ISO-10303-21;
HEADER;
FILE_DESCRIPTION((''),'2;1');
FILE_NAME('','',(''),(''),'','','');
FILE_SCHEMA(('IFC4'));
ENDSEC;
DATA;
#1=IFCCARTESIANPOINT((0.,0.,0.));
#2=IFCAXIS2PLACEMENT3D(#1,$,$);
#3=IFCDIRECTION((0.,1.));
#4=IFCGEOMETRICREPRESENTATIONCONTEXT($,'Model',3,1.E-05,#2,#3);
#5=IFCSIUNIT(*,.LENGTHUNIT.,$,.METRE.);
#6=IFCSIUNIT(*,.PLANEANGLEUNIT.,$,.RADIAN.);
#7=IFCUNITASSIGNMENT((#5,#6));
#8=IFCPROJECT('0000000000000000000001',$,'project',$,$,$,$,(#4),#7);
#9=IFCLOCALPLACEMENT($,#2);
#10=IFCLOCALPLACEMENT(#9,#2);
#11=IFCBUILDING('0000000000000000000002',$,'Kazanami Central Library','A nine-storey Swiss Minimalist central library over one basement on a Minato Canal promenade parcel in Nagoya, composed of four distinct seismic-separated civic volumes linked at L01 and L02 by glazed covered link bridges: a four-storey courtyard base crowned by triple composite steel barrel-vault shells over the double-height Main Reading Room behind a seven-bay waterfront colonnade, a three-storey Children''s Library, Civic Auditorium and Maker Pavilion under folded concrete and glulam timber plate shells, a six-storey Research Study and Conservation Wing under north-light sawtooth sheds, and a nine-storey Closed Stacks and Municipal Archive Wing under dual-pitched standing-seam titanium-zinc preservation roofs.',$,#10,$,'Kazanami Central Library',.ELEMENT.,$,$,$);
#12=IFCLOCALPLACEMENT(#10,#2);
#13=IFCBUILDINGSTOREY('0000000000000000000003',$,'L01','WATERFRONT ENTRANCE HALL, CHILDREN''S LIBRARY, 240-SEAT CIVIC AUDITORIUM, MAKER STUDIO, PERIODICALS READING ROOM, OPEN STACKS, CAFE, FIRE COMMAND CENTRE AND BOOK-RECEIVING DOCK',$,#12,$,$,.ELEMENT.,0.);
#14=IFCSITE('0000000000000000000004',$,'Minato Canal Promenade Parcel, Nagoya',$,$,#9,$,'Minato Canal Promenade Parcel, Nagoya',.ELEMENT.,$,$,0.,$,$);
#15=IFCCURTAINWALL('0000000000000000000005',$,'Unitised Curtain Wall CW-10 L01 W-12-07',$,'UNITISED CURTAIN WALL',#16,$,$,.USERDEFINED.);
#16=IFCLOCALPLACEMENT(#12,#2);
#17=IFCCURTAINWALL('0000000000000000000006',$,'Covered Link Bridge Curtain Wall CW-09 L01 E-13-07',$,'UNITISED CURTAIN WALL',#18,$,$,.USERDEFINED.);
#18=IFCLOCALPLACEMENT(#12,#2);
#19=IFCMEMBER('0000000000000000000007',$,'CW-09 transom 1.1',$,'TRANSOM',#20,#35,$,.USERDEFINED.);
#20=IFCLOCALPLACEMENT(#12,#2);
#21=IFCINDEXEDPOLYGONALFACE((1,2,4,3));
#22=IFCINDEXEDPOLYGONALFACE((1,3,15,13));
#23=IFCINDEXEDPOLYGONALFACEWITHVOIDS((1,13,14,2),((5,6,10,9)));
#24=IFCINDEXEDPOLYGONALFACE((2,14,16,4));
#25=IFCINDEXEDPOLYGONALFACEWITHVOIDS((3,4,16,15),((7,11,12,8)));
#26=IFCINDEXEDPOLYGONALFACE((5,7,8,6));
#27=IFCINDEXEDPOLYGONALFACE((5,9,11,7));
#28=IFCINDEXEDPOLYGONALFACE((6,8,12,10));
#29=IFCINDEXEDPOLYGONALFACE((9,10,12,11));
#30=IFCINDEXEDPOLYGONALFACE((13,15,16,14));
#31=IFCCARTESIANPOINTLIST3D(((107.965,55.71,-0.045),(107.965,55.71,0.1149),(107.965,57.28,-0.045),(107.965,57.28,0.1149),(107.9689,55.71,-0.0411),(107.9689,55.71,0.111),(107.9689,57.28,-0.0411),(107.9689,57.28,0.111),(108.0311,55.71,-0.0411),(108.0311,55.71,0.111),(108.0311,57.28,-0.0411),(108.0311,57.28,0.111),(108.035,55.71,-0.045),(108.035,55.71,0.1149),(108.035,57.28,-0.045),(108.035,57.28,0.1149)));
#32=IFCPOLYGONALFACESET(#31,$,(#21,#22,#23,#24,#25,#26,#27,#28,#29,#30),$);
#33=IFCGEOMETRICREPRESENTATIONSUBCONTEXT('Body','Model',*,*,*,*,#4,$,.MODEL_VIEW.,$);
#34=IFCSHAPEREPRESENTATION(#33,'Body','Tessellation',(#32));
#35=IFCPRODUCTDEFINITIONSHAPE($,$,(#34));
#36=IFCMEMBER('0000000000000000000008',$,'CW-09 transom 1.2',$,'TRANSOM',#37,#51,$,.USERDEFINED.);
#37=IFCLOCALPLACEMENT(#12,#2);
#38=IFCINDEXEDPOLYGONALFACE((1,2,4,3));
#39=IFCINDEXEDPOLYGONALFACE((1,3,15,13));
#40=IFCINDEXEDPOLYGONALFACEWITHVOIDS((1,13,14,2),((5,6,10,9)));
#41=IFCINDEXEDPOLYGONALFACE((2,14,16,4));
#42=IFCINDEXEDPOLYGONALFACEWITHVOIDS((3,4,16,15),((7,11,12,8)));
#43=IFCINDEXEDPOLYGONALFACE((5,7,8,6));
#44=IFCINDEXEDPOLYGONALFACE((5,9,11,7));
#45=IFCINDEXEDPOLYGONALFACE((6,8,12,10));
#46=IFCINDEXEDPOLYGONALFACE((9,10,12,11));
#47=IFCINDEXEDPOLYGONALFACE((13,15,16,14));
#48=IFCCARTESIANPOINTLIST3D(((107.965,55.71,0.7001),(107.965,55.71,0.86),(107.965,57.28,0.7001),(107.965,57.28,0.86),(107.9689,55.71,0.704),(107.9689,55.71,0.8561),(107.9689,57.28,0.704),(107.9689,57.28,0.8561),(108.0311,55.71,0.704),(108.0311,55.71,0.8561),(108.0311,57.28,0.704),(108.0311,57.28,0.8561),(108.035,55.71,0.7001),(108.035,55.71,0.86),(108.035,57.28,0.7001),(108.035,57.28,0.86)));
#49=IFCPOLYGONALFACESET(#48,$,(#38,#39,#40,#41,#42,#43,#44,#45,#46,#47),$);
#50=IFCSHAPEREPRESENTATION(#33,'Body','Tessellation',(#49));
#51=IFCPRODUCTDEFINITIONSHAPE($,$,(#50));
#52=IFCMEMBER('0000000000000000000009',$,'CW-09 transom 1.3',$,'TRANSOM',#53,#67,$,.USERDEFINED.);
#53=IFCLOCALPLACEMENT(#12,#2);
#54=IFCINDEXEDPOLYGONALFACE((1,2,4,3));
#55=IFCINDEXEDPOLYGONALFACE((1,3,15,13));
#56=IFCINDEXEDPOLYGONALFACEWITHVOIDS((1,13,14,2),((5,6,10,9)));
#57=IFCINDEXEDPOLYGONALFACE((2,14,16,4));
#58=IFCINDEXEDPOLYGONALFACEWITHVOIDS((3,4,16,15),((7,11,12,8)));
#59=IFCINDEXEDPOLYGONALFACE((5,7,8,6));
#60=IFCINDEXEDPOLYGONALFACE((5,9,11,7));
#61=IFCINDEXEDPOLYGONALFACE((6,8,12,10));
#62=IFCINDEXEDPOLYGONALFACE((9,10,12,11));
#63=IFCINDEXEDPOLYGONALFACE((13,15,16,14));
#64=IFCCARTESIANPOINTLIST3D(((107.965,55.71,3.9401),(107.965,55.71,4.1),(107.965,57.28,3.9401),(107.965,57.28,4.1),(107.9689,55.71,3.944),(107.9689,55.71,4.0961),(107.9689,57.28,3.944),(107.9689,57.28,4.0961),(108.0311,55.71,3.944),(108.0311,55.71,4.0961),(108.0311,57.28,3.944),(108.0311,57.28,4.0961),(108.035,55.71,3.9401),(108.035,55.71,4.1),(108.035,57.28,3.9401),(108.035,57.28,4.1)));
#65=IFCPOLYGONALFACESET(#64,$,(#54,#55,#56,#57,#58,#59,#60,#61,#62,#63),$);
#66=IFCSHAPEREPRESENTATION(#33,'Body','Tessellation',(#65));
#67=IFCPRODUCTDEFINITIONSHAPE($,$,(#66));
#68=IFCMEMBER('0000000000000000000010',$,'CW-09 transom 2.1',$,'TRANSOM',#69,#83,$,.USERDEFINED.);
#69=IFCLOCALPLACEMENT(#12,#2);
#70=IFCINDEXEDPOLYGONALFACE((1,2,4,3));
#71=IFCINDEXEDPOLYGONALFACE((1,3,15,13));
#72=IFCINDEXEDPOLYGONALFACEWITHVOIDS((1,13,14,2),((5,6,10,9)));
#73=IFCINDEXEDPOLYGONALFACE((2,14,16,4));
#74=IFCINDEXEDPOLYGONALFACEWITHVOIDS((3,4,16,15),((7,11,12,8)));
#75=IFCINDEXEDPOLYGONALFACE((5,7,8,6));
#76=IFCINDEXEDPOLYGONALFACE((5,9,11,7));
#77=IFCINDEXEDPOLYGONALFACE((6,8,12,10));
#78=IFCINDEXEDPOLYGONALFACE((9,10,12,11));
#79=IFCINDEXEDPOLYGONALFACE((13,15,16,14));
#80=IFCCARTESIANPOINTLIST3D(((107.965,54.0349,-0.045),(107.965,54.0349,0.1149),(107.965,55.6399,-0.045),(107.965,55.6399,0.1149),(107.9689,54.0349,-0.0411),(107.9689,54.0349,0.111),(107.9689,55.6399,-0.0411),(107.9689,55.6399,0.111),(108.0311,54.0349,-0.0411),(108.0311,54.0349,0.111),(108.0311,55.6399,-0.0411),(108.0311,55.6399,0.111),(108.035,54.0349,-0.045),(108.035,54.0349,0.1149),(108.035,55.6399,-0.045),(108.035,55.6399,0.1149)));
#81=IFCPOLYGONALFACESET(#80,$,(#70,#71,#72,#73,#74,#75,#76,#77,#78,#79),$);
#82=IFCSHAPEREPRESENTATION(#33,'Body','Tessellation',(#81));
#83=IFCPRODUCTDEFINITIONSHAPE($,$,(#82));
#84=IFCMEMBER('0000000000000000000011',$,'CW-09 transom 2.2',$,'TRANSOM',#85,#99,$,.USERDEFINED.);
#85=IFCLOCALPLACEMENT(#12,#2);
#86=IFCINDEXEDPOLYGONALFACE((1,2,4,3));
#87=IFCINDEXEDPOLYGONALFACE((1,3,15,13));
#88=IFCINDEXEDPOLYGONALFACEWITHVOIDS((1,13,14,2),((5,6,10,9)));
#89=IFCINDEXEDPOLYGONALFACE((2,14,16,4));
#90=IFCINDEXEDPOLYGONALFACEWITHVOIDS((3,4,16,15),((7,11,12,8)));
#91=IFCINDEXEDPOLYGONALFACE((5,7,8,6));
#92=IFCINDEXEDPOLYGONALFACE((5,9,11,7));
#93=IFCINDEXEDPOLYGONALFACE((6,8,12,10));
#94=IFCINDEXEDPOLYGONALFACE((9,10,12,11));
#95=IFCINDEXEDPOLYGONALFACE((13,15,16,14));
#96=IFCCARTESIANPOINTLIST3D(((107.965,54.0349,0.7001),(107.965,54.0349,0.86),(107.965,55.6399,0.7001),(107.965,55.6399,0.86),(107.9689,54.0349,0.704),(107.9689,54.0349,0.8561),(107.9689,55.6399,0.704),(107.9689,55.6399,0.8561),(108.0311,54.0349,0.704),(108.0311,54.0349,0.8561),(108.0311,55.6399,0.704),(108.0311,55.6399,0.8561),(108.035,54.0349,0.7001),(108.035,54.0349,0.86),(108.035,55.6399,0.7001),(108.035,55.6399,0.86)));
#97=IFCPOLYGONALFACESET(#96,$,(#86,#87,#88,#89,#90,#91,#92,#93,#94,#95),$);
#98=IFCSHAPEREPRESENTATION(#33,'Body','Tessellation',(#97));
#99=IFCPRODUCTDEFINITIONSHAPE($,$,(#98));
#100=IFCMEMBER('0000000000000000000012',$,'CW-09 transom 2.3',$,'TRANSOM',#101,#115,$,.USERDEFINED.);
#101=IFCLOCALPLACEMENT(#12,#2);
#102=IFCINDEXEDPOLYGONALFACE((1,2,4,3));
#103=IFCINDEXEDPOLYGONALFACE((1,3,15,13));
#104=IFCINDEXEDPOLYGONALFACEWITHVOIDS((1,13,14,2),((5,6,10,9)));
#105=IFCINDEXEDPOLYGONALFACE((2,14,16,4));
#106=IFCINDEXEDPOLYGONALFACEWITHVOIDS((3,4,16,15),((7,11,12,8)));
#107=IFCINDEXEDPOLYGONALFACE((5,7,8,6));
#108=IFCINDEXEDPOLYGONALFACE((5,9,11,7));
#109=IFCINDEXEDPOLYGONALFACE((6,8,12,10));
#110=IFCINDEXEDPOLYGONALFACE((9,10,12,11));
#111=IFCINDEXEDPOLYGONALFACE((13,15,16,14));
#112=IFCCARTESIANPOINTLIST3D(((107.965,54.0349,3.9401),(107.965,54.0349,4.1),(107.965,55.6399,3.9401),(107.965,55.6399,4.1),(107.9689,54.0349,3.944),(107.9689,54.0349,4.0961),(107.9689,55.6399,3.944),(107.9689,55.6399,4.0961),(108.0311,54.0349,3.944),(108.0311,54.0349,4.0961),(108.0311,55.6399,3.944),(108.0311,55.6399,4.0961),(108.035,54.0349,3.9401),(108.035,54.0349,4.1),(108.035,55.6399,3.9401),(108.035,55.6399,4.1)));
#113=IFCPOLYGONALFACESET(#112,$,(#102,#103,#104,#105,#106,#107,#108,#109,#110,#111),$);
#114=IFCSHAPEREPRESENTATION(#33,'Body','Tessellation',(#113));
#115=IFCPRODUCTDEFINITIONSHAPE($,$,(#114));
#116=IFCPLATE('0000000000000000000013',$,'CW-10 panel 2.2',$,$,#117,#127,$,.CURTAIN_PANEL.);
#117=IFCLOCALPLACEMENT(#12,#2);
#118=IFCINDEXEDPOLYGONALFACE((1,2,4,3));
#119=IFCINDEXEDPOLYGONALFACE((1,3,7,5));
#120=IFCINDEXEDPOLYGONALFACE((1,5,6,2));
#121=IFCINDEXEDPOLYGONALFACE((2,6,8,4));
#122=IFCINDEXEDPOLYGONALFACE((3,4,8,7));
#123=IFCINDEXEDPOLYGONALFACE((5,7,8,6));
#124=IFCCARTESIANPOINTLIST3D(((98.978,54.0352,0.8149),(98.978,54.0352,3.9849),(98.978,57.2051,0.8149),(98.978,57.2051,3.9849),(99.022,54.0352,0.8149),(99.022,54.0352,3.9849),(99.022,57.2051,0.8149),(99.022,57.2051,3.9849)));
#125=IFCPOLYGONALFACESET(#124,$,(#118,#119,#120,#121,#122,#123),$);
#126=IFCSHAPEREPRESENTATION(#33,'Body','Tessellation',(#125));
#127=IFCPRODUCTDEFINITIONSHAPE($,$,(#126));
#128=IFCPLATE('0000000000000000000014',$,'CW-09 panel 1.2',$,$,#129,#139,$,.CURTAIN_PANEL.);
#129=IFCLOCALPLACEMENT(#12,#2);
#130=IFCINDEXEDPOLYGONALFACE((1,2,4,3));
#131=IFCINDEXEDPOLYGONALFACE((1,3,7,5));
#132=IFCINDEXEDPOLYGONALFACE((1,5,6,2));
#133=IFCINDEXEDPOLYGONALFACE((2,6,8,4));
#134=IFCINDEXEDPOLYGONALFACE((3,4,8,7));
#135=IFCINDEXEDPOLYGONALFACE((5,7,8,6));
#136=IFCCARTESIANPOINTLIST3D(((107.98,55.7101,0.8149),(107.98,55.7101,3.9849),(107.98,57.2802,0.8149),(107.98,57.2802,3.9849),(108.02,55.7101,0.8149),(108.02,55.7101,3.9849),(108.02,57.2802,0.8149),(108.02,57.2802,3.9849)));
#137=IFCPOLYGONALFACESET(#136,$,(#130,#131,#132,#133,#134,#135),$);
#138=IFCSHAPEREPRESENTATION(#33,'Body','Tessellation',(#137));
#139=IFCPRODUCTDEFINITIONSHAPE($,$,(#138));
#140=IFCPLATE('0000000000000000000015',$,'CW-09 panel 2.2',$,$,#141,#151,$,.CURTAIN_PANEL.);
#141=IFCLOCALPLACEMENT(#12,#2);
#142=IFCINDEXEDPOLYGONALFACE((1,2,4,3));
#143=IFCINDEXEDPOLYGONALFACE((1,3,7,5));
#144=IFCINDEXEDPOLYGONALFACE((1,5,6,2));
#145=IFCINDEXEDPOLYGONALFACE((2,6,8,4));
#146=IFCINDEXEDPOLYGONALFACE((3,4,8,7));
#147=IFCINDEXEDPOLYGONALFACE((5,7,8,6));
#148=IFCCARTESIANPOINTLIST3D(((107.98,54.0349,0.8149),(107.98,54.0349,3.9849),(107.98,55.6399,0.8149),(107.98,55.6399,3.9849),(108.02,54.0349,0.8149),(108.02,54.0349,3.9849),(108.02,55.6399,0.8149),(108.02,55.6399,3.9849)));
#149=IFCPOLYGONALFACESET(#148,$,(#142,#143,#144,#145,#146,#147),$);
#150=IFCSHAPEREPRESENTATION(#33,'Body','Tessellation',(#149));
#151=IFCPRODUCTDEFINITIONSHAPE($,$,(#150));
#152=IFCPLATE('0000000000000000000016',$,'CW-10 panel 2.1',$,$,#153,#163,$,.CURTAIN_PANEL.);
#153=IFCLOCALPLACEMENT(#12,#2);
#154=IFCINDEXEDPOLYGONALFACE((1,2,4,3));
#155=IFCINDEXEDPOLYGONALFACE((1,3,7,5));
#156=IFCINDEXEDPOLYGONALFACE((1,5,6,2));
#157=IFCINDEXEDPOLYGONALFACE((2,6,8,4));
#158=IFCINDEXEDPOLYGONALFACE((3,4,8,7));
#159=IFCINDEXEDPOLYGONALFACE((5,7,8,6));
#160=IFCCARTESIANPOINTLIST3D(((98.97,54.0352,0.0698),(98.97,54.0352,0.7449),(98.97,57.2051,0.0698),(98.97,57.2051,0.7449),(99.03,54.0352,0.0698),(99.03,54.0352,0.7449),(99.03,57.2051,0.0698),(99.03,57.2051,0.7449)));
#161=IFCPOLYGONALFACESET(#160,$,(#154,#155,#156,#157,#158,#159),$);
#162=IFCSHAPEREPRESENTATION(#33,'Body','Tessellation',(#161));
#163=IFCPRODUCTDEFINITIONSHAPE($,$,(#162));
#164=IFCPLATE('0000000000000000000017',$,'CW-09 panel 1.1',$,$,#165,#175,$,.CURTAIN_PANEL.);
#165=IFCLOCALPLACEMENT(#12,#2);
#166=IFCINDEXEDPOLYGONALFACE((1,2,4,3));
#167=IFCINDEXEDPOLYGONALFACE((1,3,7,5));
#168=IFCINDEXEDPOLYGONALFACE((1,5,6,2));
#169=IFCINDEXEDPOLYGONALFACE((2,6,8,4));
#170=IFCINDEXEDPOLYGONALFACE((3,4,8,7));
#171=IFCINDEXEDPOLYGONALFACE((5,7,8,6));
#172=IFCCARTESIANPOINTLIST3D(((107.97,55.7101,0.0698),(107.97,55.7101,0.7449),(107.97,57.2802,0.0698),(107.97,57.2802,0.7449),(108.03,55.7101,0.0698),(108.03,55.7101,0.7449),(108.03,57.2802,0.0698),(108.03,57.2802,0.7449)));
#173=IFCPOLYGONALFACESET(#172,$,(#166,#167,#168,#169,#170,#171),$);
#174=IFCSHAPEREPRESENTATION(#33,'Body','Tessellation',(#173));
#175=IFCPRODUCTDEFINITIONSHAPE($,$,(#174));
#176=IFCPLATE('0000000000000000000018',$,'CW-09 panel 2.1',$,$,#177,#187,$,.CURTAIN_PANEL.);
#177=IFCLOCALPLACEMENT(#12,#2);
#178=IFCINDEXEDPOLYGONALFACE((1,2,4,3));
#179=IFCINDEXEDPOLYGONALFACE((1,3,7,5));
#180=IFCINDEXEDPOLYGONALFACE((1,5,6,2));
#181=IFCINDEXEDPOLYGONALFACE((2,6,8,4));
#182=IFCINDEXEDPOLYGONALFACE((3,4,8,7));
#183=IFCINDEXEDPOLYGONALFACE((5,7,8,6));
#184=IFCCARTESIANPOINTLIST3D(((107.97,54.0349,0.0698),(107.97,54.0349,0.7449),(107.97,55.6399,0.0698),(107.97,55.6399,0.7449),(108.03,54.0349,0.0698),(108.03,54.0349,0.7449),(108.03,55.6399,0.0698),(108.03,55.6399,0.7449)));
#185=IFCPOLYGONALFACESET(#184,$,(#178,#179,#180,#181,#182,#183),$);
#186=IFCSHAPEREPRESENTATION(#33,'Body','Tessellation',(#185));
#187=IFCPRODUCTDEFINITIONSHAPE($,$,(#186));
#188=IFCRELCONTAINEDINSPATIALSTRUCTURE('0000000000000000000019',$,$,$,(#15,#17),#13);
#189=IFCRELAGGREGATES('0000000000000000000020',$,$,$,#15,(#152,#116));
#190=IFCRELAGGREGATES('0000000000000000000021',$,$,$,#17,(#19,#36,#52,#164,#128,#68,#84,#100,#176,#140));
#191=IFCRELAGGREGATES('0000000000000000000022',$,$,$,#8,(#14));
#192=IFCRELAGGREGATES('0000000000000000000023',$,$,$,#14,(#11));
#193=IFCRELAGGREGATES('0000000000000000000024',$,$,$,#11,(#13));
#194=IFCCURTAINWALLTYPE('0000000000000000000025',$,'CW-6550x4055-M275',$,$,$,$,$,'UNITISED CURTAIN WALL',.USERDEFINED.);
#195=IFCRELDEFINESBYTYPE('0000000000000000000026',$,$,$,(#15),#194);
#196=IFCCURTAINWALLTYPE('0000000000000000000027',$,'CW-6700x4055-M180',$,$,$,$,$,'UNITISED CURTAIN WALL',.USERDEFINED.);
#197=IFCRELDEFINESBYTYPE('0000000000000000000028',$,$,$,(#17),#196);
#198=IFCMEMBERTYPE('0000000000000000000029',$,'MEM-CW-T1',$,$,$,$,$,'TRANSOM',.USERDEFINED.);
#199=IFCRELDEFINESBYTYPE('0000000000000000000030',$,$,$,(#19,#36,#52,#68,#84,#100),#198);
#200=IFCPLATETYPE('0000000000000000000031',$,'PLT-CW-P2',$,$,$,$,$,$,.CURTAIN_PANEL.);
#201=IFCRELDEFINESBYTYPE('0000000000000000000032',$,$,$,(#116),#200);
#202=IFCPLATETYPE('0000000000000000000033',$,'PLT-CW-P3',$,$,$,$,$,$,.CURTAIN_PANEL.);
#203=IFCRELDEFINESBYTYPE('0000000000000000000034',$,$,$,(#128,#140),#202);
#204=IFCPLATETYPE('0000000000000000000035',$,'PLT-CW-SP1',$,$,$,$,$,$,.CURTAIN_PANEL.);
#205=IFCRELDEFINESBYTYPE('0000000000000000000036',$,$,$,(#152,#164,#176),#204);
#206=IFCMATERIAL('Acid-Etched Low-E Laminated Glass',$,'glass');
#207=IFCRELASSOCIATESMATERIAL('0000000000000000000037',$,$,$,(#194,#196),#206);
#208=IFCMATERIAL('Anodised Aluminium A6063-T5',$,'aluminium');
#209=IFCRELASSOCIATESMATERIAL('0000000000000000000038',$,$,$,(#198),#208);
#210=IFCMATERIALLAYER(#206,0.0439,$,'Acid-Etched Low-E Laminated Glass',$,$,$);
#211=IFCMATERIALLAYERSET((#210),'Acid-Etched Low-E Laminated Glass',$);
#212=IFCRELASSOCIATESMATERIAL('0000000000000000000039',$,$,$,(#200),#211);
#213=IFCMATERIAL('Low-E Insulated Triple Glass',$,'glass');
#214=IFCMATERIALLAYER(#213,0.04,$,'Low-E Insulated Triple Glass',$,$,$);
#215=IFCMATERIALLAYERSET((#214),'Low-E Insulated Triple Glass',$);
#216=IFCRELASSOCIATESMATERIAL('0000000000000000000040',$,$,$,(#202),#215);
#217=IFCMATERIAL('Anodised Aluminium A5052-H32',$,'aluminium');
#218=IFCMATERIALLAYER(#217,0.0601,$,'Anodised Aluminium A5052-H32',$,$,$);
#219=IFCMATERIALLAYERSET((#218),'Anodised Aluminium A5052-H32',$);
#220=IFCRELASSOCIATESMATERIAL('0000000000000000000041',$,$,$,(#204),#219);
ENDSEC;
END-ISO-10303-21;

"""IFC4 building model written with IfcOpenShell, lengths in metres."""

from ifc_helpers import new_model, si_unit, direction, frame, origin, origin_2d, place, context, subcontext, project, spatial, rectangle, hollow_rectangle, extrude, material, layer, layer_set, material_profile, profile_set, type_object, element, aggregate, save


model = new_model("IFC4")

# Units and contexts
model_context = context("Model", 3, precision=1e-05, world=origin(), true_north=direction((0.0, 1.0)))
body_context = subcontext(model_context, "Body", "Model", "MODEL_VIEW")
ifc_project = project(units=[si_unit("LENGTHUNIT", "METRE"), si_unit("PLANEANGLEUNIT", "RADIAN")], contexts=[model_context])

# Site, building, storey
site_placement = place(None, origin())
site = spatial("IfcSite", under=ifc_project, at=site_placement, Name="Minato Canal Promenade Parcel, Nagoya", LongName="Minato Canal Promenade Parcel, Nagoya", CompositionType="ELEMENT", RefElevation=0.0)
building_placement = place(site_placement, origin())
building = spatial("IfcBuilding", under=site, at=building_placement, Name="Kazanami Central Library", Description="A nine-storey Swiss Minimalist central library over one basement on a Minato Canal promenade parcel in Nagoya, composed of four distinct seismic-separated civic volumes linked at L01 and L02 by glazed covered link bridges: a four-storey courtyard base crowned by triple composite steel barrel-vault shells over the double-height Main Reading Room behind a seven-bay waterfront colonnade, a three-storey Children's Library, Civic Auditorium and Maker Pavilion under folded concrete and glulam timber plate shells, a six-storey Research Study and Conservation Wing under north-light sawtooth sheds, and a nine-storey Closed Stacks and Municipal Archive Wing under dual-pitched standing-seam titanium-zinc preservation roofs.", LongName="Kazanami Central Library", CompositionType="ELEMENT")
storey_placement = place(building_placement, origin())
storey = spatial("IfcBuildingStorey", under=building, at=storey_placement, Name="L01", Description="WATERFRONT ENTRANCE HALL, CHILDREN'S LIBRARY, 240-SEAT CIVIC AUDITORIUM, MAKER STUDIO, PERIODICALS READING ROOM, OPEN STACKS, CAFE, FIRE COMMAND CENTRE AND BOOK-RECEIVING DOCK", CompositionType="ELEMENT", Elevation=0.0)

# Curtain walls
ifc_material_1 = material(Name="Acid-Etched Low-E Laminated Glass", Category="glass")
curtain_wall_type_1 = type_object("IfcCurtainWallType", Name="CW-6550x4055-M275", ElementType="UNITISED CURTAIN WALL", PredefinedType="USERDEFINED", material=ifc_material_1)
curtain_wall_1_placement = place(storey_placement, origin())
curtain_wall_1 = element("IfcCurtainWall", 1, at=curtain_wall_1_placement, inside=storey, type_object=curtain_wall_type_1, Name="Unitised Curtain Wall CW-10 L01 W-12-07", ObjectType="UNITISED CURTAIN WALL", PredefinedType="USERDEFINED")
ifc_material_2 = material(Name="Anodised Aluminium A6063-T5", Category="aluminium")
curtain_wall_type_2 = type_object("IfcCurtainWallType", Name="CW-6700x4055-M180", ElementType="UNITISED CURTAIN WALL", PredefinedType="USERDEFINED", material=ifc_material_1)
curtain_wall_2_placement = place(storey_placement, origin())
curtain_wall_2 = element("IfcCurtainWall", 2, at=curtain_wall_2_placement, inside=storey, type_object=curtain_wall_type_2, Name="Covered Link Bridge Curtain Wall CW-09 L01 E-13-07", ObjectType="UNITISED CURTAIN WALL", PredefinedType="USERDEFINED")

# Members
ifc_material_profile_1 = material_profile(ifc_material_2, hollow_rectangle(XDim=0.0701, YDim=0.1599, WallThickness=0.0039, at=origin_2d()), Name="ALU-TRAN-70x160x4")
ifc_profile_set_1 = profile_set([ifc_material_profile_1], Name="Anodised Aluminium A6063-T5")
member_type_1 = type_object("IfcMemberType", Name="MEM-CW-T1", ElementType="TRANSOM", PredefinedType="USERDEFINED", material=ifc_profile_set_1)
member_1_placement = place(storey_placement, frame((108.0, 57.28, 0.0349), z_axis=(0.0, -1.0, 0.0), x_axis=(1.0, 0.0, 0.0)))
member_1 = element("IfcMember", 3, at=member_1_placement, type_object=member_type_1, Name="CW-09 transom 1.1", ObjectType="TRANSOM", PredefinedType="USERDEFINED", context=body_context, shape_type="SweptSolid", body=[
    extrude(hollow_rectangle(XDim=0.0701, YDim=0.1599, WallThickness=0.0039, at=origin_2d()), origin(), (0.0, 0.0, 1.0), 1.5701),
])
member_2_placement = place(storey_placement, frame((108.0, 57.28, 0.78), z_axis=(0.0, -1.0, 0.0), x_axis=(1.0, 0.0, 0.0)))
member_2 = element("IfcMember", 4, at=member_2_placement, type_object=member_type_1, Name="CW-09 transom 1.2", ObjectType="TRANSOM", PredefinedType="USERDEFINED", context=body_context, shape_type="SweptSolid", body=[
    extrude(hollow_rectangle(XDim=0.0701, YDim=0.1599, WallThickness=0.0039, at=origin_2d()), origin(), (0.0, 0.0, 1.0), 1.5701),
])
member_3_placement = place(storey_placement, frame((108.0, 57.28, 4.02), z_axis=(0.0, -1.0, 0.0), x_axis=(1.0, 0.0, 0.0)))
member_3 = element("IfcMember", 5, at=member_3_placement, type_object=member_type_1, Name="CW-09 transom 1.3", ObjectType="TRANSOM", PredefinedType="USERDEFINED", context=body_context, shape_type="SweptSolid", body=[
    extrude(hollow_rectangle(XDim=0.0701, YDim=0.1599, WallThickness=0.0039, at=origin_2d()), origin(), (0.0, 0.0, 1.0), 1.5701),
])
member_4_placement = place(storey_placement, frame((108.0, 55.6399, 0.0349), z_axis=(0.0, -1.0, 0.0), x_axis=(1.0, 0.0, 0.0)))
member_4 = element("IfcMember", 6, at=member_4_placement, type_object=member_type_1, Name="CW-09 transom 2.1", ObjectType="TRANSOM", PredefinedType="USERDEFINED", context=body_context, shape_type="SweptSolid", body=[
    extrude(hollow_rectangle(XDim=0.0701, YDim=0.1599, WallThickness=0.0039, at=origin_2d()), origin(), (0.0, 0.0, 1.0), 1.605),
])
member_5_placement = place(storey_placement, frame((108.0, 55.6399, 0.78), z_axis=(0.0, -1.0, 0.0), x_axis=(1.0, 0.0, 0.0)))
member_5 = element("IfcMember", 7, at=member_5_placement, type_object=member_type_1, Name="CW-09 transom 2.2", ObjectType="TRANSOM", PredefinedType="USERDEFINED", context=body_context, shape_type="SweptSolid", body=[
    extrude(hollow_rectangle(XDim=0.0701, YDim=0.1599, WallThickness=0.0039, at=origin_2d()), origin(), (0.0, 0.0, 1.0), 1.605),
])
member_6_placement = place(storey_placement, frame((108.0, 55.6399, 4.02), z_axis=(0.0, -1.0, 0.0), x_axis=(1.0, 0.0, 0.0)))
member_6 = element("IfcMember", 8, at=member_6_placement, type_object=member_type_1, Name="CW-09 transom 2.3", ObjectType="TRANSOM", PredefinedType="USERDEFINED", context=body_context, shape_type="SweptSolid", body=[
    extrude(hollow_rectangle(XDim=0.0701, YDim=0.1599, WallThickness=0.0039, at=origin_2d()), origin(), (0.0, 0.0, 1.0), 1.605),
])

# Plates
ifc_layer_1 = layer(ifc_material_1, 0.0439, Name="Acid-Etched Low-E Laminated Glass")
ifc_layer_set_1 = layer_set([ifc_layer_1], Name="Acid-Etched Low-E Laminated Glass")
plate_type_1 = type_object("IfcPlateType", Name="PLT-CW-P2", PredefinedType="CURTAIN_PANEL", material=ifc_layer_set_1)
plate_1_placement = place(storey_placement, frame((99.0, 55.6201, 0.8149), z_axis=(0.0, 0.0, 1.0), x_axis=(0.0, 1.0, 0.0)))
plate_1 = element("IfcPlate", 9, at=plate_1_placement, type_object=plate_type_1, Name="CW-10 panel 2.2", PredefinedType="CURTAIN_PANEL", context=body_context, shape_type="SweptSolid", body=[
    extrude(rectangle(XDim=3.1699, YDim=0.0439, at=origin_2d()), origin(), (0.0, 0.0, 1.0), 3.1699),
])
ifc_material_3 = material(Name="Low-E Insulated Triple Glass", Category="glass")
ifc_layer_2 = layer(ifc_material_3, 0.04, Name="Low-E Insulated Triple Glass")
ifc_layer_set_2 = layer_set([ifc_layer_2], Name="Low-E Insulated Triple Glass")
plate_type_2 = type_object("IfcPlateType", Name="PLT-CW-P3", PredefinedType="CURTAIN_PANEL", material=ifc_layer_set_2)
plate_2_placement = place(storey_placement, frame((108.0, 56.4951, 0.8149), z_axis=(0.0, 0.0, 1.0), x_axis=(0.0, -1.0, 0.0)))
plate_2 = element("IfcPlate", 10, at=plate_2_placement, type_object=plate_type_2, Name="CW-09 panel 1.2", PredefinedType="CURTAIN_PANEL", context=body_context, shape_type="SweptSolid", body=[
    extrude(rectangle(XDim=1.5701, YDim=0.04, at=origin_2d()), origin(), (0.0, 0.0, 1.0), 3.1699),
])
plate_3_placement = place(storey_placement, frame((108.0, 54.8374, 0.8149), z_axis=(0.0, 0.0, 1.0), x_axis=(0.0, -1.0, 0.0)))
plate_3 = element("IfcPlate", 11, at=plate_3_placement, type_object=plate_type_2, Name="CW-09 panel 2.2", PredefinedType="CURTAIN_PANEL", context=body_context, shape_type="SweptSolid", body=[
    extrude(rectangle(XDim=1.605, YDim=0.04, at=origin_2d()), origin(), (0.0, 0.0, 1.0), 3.1699),
])
ifc_material_4 = material(Name="Anodised Aluminium A5052-H32", Category="aluminium")
ifc_layer_3 = layer(ifc_material_4, 0.0601, Name="Anodised Aluminium A5052-H32")
ifc_layer_set_3 = layer_set([ifc_layer_3], Name="Anodised Aluminium A5052-H32")
plate_type_3 = type_object("IfcPlateType", Name="PLT-CW-SP1", PredefinedType="CURTAIN_PANEL", material=ifc_layer_set_3)
plate_4_placement = place(storey_placement, frame((99.0, 55.6201, 0.0698), z_axis=(0.0, 0.0, 1.0), x_axis=(0.0, 1.0, 0.0)))
plate_4 = element("IfcPlate", 12, at=plate_4_placement, type_object=plate_type_3, Name="CW-10 panel 2.1", PredefinedType="CURTAIN_PANEL", context=body_context, shape_type="SweptSolid", body=[
    extrude(rectangle(XDim=3.1699, YDim=0.0601, at=origin_2d()), origin(), (0.0, 0.0, 1.0), 0.675),
])
aggregate(curtain_wall_1, [plate_4, plate_1])
plate_5_placement = place(storey_placement, frame((108.0, 56.4951, 0.0698), z_axis=(0.0, 0.0, 1.0), x_axis=(0.0, -1.0, 0.0)))
plate_5 = element("IfcPlate", 13, at=plate_5_placement, type_object=plate_type_3, Name="CW-09 panel 1.1", PredefinedType="CURTAIN_PANEL", context=body_context, shape_type="SweptSolid", body=[
    extrude(rectangle(XDim=1.5701, YDim=0.0601, at=origin_2d()), origin(), (0.0, 0.0, 1.0), 0.675),
])
plate_6_placement = place(storey_placement, frame((108.0, 54.8374, 0.0698), z_axis=(0.0, 0.0, 1.0), x_axis=(0.0, -1.0, 0.0)))
plate_6 = element("IfcPlate", 14, at=plate_6_placement, type_object=plate_type_3, Name="CW-09 panel 2.1", PredefinedType="CURTAIN_PANEL", context=body_context, shape_type="SweptSolid", body=[
    extrude(rectangle(XDim=1.605, YDim=0.0601, at=origin_2d()), origin(), (0.0, 0.0, 1.0), 0.675),
])
aggregate(curtain_wall_2, [member_1, member_2, member_3, plate_5, plate_2, member_4, member_5, member_6, plate_6, plate_3])

save(model, "model.ifc")
